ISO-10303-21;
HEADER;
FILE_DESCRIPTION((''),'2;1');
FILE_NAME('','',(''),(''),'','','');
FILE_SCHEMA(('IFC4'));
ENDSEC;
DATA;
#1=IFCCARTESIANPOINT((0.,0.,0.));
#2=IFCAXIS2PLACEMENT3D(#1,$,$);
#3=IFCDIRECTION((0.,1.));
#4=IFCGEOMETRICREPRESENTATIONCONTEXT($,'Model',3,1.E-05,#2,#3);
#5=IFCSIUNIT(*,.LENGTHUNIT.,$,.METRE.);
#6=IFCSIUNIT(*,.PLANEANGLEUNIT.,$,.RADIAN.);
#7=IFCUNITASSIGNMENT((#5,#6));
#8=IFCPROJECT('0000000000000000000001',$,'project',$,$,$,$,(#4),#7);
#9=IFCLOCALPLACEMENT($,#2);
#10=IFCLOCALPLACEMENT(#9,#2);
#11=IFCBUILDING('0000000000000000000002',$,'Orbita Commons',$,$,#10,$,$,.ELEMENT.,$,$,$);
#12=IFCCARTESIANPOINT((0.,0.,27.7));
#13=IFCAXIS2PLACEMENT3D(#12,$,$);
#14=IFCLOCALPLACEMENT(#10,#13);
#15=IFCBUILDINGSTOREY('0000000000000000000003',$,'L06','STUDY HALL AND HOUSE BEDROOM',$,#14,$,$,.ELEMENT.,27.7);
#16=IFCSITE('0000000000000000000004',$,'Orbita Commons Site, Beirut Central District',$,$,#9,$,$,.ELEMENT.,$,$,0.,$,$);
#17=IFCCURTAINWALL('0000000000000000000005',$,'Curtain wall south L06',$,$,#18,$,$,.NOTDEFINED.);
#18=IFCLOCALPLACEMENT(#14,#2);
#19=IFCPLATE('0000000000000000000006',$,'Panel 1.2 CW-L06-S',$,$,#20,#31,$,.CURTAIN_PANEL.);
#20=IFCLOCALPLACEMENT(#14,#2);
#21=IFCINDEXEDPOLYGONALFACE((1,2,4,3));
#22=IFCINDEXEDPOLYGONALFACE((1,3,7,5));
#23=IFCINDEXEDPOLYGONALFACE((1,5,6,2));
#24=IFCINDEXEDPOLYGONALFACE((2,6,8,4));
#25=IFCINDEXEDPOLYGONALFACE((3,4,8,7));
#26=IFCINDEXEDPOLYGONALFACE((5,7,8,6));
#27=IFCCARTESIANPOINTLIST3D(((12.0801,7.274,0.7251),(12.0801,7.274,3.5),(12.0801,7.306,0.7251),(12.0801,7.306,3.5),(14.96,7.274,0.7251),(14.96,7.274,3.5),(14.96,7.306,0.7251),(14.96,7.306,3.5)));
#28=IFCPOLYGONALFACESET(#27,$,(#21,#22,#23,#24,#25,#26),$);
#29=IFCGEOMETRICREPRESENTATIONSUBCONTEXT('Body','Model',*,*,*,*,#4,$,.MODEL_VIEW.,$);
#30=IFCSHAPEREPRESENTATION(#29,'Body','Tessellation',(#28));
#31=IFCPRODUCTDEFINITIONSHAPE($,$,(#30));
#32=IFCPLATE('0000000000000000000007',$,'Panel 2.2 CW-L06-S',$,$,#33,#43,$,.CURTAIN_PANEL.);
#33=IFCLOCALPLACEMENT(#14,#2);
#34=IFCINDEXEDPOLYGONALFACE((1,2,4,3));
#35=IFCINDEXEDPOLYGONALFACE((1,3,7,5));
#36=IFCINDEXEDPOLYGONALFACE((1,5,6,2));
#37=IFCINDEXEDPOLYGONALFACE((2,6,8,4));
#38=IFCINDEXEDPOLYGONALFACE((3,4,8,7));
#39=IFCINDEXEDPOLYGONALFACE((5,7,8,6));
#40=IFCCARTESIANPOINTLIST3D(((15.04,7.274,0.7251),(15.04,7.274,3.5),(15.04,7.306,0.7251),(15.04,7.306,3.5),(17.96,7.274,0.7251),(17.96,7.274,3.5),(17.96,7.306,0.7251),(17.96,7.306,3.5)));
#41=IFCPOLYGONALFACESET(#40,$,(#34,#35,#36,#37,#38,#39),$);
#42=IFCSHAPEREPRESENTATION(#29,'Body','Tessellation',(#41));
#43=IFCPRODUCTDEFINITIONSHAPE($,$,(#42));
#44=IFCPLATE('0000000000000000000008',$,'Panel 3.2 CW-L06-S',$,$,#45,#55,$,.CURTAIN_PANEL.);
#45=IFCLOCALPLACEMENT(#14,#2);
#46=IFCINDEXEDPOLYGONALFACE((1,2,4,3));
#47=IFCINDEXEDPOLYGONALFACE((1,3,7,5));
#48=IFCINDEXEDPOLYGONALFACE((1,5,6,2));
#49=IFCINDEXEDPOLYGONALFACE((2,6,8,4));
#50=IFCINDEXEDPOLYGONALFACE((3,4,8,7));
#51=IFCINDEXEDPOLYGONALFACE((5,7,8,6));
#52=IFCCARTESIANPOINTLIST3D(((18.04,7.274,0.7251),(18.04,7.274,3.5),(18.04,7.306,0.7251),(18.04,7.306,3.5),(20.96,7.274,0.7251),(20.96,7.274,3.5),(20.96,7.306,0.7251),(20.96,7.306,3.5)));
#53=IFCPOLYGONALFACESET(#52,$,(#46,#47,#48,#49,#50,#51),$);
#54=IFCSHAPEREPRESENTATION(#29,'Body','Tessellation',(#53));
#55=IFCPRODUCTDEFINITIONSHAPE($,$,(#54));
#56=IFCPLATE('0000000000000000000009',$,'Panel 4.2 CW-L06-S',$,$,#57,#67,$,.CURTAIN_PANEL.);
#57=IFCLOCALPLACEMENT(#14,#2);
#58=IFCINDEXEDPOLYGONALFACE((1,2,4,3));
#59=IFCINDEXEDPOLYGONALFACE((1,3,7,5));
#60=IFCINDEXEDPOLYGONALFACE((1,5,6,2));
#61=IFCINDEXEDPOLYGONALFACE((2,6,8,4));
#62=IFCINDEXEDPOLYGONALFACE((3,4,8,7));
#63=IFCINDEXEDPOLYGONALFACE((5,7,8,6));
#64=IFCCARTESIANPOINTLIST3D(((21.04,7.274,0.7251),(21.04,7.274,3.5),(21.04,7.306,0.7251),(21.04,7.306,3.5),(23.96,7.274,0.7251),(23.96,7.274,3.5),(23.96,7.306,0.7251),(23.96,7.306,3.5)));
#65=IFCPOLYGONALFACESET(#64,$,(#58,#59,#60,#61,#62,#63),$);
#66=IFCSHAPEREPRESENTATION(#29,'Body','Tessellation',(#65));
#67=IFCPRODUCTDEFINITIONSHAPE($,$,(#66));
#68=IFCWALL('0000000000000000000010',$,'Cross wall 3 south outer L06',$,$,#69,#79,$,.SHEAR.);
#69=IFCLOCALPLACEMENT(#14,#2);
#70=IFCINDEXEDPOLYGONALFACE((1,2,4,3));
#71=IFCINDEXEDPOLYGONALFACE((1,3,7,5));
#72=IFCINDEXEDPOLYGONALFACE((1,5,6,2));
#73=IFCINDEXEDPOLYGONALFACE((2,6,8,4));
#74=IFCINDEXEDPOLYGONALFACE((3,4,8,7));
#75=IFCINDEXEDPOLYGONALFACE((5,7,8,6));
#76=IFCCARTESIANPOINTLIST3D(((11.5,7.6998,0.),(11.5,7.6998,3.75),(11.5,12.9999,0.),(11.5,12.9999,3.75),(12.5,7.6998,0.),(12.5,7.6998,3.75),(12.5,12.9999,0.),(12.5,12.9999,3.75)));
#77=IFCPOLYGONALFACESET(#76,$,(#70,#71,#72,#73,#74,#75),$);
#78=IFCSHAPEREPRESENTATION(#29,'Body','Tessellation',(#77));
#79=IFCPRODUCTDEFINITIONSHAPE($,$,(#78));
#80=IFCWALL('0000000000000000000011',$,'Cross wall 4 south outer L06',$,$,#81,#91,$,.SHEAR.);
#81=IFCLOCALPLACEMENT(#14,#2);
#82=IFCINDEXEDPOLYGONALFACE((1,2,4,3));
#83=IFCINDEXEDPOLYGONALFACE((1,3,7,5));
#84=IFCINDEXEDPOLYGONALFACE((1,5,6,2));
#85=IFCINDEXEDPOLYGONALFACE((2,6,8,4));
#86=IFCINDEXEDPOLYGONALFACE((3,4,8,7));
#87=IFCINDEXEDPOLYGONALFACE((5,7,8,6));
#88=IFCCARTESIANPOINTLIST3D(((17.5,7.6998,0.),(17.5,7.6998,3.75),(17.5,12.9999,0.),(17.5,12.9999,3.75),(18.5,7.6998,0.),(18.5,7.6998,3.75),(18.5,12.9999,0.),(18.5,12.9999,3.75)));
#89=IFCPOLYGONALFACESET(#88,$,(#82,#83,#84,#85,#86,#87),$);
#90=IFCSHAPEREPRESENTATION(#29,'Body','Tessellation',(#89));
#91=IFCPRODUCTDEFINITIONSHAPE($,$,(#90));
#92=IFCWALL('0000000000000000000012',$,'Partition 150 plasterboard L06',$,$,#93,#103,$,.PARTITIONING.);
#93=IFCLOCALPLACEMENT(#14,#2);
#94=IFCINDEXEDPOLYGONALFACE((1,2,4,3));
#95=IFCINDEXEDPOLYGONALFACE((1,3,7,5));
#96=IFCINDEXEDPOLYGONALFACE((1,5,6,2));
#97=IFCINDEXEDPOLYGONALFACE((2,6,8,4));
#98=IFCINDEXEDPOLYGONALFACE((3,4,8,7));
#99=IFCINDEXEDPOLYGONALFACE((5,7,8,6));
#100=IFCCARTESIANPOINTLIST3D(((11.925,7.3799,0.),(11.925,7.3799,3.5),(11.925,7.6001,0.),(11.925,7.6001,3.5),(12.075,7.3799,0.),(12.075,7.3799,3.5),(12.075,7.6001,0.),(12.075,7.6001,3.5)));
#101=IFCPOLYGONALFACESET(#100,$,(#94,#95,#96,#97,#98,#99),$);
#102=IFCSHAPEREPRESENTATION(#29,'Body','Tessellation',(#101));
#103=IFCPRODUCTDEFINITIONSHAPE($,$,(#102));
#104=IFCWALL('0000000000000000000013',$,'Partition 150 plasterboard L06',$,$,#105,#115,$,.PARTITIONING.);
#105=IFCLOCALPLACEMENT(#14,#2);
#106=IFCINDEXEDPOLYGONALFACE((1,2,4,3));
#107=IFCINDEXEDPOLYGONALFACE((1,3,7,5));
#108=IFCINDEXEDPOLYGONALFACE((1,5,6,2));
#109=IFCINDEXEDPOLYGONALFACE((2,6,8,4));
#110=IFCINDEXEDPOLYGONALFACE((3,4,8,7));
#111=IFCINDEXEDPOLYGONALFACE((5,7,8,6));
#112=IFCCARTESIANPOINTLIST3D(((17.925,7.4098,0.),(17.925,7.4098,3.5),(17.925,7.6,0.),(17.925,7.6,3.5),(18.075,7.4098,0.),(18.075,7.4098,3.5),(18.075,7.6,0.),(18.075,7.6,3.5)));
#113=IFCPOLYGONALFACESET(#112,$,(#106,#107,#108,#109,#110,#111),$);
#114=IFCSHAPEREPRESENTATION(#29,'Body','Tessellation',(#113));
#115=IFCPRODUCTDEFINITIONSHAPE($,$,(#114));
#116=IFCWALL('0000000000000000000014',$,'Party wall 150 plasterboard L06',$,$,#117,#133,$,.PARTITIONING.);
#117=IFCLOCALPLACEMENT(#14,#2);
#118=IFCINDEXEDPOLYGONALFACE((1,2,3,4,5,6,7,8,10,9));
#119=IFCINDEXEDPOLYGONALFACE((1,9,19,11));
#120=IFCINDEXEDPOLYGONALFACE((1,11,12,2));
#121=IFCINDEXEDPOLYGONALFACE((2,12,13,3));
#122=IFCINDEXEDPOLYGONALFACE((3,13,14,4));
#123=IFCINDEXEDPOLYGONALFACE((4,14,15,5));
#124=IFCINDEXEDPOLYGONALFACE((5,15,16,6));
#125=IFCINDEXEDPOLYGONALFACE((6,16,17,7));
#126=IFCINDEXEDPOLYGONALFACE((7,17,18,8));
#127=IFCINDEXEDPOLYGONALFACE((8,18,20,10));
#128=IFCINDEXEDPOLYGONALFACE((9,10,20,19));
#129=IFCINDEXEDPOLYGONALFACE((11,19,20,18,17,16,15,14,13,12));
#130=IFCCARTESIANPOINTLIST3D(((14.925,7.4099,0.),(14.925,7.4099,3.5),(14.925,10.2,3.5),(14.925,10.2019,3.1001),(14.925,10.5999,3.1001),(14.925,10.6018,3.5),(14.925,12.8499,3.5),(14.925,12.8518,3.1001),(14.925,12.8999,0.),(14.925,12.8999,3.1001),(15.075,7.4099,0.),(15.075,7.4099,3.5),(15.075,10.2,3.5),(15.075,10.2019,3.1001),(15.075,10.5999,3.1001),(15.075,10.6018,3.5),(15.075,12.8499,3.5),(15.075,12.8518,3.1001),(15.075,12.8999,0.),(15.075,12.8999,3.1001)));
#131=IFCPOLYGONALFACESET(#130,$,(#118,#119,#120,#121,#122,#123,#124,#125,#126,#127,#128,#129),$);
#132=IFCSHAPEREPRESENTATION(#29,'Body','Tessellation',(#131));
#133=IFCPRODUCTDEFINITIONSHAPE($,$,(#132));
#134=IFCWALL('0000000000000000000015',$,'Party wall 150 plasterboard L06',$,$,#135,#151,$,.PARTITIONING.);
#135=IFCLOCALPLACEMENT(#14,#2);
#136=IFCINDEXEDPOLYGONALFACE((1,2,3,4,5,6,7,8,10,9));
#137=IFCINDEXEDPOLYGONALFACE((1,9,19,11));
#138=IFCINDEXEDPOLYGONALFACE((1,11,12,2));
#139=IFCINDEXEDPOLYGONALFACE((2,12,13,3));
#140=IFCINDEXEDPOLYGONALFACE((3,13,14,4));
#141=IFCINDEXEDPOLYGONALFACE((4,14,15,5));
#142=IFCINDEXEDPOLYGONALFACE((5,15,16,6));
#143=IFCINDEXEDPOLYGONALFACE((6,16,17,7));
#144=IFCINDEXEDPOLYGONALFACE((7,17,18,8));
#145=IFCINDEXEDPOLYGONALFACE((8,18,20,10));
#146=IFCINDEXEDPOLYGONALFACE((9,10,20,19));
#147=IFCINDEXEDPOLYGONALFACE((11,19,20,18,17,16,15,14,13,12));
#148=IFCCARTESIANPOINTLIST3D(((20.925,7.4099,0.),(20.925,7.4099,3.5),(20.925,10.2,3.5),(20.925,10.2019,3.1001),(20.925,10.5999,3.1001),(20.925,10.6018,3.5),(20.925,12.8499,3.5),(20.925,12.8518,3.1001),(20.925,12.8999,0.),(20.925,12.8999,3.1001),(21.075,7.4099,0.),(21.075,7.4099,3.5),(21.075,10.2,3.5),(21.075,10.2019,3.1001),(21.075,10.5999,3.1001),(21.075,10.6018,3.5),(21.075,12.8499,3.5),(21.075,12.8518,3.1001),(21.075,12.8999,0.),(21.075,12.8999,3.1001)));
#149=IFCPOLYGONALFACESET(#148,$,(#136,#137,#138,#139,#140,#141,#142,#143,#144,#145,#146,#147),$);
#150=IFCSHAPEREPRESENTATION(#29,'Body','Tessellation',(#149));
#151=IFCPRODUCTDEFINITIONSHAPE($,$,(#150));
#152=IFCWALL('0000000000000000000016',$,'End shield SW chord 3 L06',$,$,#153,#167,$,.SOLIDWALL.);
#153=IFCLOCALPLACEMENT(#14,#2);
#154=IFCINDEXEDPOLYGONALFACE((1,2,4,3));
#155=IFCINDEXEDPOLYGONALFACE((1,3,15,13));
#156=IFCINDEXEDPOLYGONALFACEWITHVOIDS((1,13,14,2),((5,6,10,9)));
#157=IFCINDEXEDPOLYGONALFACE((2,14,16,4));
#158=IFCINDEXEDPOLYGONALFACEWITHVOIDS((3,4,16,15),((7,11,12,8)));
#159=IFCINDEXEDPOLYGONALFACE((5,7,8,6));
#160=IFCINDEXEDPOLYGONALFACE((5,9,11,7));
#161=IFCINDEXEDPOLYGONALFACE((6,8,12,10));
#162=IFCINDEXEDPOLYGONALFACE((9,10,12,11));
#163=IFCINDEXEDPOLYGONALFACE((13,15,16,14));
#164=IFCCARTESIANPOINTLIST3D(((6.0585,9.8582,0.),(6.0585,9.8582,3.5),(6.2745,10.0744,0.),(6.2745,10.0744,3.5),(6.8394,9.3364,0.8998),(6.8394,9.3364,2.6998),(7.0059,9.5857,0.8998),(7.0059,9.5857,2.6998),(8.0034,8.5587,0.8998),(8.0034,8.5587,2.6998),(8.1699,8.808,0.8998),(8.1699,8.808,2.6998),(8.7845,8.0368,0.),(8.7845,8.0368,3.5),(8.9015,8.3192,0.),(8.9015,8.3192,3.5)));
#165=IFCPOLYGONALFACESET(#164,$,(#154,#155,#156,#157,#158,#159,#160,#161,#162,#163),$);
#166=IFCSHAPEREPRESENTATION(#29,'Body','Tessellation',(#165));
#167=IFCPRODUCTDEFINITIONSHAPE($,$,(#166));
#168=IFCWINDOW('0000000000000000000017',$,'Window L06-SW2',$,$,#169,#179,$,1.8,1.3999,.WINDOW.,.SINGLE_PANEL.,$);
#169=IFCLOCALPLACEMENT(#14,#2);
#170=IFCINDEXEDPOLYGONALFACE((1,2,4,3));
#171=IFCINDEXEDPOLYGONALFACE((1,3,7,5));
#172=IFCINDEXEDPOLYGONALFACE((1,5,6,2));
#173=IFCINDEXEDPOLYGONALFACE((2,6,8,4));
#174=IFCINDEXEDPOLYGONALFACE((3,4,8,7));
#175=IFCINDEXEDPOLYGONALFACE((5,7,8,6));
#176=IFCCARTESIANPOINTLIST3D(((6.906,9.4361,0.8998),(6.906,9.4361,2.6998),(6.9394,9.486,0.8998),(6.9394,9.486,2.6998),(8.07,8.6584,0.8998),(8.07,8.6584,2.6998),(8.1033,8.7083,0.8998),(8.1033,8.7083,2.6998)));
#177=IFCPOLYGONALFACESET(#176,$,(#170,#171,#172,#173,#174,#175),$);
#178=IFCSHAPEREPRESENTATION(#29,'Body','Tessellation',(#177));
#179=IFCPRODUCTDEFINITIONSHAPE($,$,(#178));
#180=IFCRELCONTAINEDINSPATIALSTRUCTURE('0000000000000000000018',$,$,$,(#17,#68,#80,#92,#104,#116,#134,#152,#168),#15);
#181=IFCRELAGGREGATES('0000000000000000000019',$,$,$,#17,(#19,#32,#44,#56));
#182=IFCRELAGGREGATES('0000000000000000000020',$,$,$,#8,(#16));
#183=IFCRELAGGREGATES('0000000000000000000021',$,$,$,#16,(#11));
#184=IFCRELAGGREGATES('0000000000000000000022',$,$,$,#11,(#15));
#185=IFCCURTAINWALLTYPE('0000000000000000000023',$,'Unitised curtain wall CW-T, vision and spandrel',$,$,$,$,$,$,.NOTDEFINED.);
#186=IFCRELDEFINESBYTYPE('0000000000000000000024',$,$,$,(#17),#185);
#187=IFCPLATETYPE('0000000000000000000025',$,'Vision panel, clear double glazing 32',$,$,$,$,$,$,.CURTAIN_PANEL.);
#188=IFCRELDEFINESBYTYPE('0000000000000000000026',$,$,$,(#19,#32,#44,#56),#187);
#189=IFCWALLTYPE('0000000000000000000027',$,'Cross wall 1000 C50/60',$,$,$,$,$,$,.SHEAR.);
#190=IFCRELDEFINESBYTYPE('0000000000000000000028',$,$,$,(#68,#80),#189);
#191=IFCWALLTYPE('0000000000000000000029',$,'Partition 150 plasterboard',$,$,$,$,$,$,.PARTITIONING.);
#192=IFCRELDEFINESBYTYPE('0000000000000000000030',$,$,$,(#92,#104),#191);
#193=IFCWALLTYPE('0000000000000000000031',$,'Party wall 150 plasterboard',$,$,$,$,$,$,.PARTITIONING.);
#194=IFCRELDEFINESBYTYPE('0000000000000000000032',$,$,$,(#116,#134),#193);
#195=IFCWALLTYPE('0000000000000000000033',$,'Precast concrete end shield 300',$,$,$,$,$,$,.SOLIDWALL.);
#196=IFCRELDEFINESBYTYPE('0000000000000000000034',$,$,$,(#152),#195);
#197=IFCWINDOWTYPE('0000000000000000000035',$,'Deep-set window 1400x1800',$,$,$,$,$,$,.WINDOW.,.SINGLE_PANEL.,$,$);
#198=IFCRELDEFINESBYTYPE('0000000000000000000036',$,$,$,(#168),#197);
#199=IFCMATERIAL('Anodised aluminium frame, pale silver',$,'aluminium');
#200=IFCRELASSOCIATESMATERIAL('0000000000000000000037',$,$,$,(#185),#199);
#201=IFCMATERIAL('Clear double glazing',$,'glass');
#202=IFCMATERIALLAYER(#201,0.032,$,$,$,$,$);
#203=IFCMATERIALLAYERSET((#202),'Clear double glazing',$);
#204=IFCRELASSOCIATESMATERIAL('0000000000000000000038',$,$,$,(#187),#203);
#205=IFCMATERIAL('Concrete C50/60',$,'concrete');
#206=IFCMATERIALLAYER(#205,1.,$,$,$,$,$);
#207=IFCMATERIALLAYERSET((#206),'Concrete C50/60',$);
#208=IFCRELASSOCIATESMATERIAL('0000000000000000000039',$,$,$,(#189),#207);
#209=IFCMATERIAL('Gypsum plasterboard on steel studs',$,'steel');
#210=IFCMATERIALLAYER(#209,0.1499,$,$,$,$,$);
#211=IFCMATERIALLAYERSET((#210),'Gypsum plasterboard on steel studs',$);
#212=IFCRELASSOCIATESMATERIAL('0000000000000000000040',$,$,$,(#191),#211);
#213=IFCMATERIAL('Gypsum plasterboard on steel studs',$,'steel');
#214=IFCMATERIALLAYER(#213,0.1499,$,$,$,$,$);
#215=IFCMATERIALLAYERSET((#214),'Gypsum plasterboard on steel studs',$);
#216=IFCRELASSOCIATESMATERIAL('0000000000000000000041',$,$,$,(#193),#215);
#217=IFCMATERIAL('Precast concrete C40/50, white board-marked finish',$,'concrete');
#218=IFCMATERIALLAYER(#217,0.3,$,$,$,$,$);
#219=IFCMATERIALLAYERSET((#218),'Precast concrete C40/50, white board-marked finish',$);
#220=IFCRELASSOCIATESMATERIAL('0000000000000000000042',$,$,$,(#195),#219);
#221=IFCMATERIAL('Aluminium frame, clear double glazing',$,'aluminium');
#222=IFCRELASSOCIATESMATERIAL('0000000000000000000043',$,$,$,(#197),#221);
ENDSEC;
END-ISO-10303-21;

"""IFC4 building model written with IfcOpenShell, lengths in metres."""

from ifc_helpers import new_model, si_unit, direction, frame, frame_2d, origin, origin_2d, place, context, subcontext, project, spatial, polyline, rectangle, outline, extrude, material, layer, layer_set, type_object, element, fill, aggregate, save


model = new_model("IFC4")

# Units and contexts
model_context = context("Model", 3, precision=1e-05, world=origin(), true_north=direction((0.0, 1.0)))
body_context = subcontext(model_context, "Body", "Model", "MODEL_VIEW")
ifc_project = project(units=[si_unit("LENGTHUNIT", "METRE"), si_unit("PLANEANGLEUNIT", "RADIAN")], contexts=[model_context])

# Site, building, storey
site_placement = place(None, origin())
site = spatial("IfcSite", under=ifc_project, at=site_placement, Name="Orbita Commons Site, Beirut Central District", CompositionType="ELEMENT", RefElevation=0.0)
building_placement = place(site_placement, origin())
building = spatial("IfcBuilding", under=site, at=building_placement, Name="Orbita Commons", CompositionType="ELEMENT")
storey_placement = place(building_placement, frame((0.0, 0.0, 27.7)))
storey = spatial("IfcBuildingStorey", under=building, at=storey_placement, Name="L06", Description="STUDY HALL AND HOUSE BEDROOM", CompositionType="ELEMENT", Elevation=27.7)

# Curtain wall
ifc_material_1 = material(Name="Anodised aluminium frame, pale silver", Category="aluminium")
curtain_wall_type = type_object("IfcCurtainWallType", Name="Unitised curtain wall CW-T, vision and spandrel", PredefinedType="NOTDEFINED", material=ifc_material_1)
curtain_wall_placement = place(storey_placement, origin())
curtain_wall = element("IfcCurtainWall", 1, at=curtain_wall_placement, inside=storey, type_object=curtain_wall_type, Name="Curtain wall south L06", PredefinedType="NOTDEFINED")

# Plates
ifc_material_2 = material(Name="Clear double glazing", Category="glass")
ifc_layer_1 = layer(ifc_material_2, 0.032)
ifc_layer_set_1 = layer_set([ifc_layer_1], Name="Clear double glazing")
plate_type_1 = type_object("IfcPlateType", Name="Vision panel, clear double glazing 32", PredefinedType="CURTAIN_PANEL", material=ifc_layer_set_1)
plate_1_placement = place(storey_placement, frame((13.52, 7.29, 0.7251), z_axis=(0.0, 0.0, 1.0), x_axis=(1.0, 0.0, 0.0)))
plate_1 = element("IfcPlate", 2, at=plate_1_placement, type_object=plate_type_1, Name="Panel 1.2 CW-L06-S", PredefinedType="CURTAIN_PANEL", context=body_context, shape_type="SweptSolid", body=[
    extrude(rectangle(XDim=2.8799, YDim=0.032, at=origin_2d()), origin(), (0.0, 0.0, 1.0), 2.7749),
])
plate_2_placement = place(storey_placement, frame((16.5, 7.29, 0.7251), z_axis=(0.0, 0.0, 1.0), x_axis=(1.0, 0.0, 0.0)))
plate_2 = element("IfcPlate", 3, at=plate_2_placement, type_object=plate_type_1, Name="Panel 2.2 CW-L06-S", PredefinedType="CURTAIN_PANEL", context=body_context, shape_type="SweptSolid", body=[
    extrude(rectangle(XDim=2.9199, YDim=0.032, at=origin_2d()), origin(), (0.0, 0.0, 1.0), 2.7749),
])
plate_3_placement = place(storey_placement, frame((19.5, 7.29, 0.7251), z_axis=(0.0, 0.0, 1.0), x_axis=(1.0, 0.0, 0.0)))
plate_3 = element("IfcPlate", 4, at=plate_3_placement, type_object=plate_type_1, Name="Panel 3.2 CW-L06-S", PredefinedType="CURTAIN_PANEL", context=body_context, shape_type="SweptSolid", body=[
    extrude(rectangle(XDim=2.9199, YDim=0.032, at=origin_2d()), origin(), (0.0, 0.0, 1.0), 2.7749),
])
plate_4_placement = place(storey_placement, frame((22.5, 7.29, 0.7251), z_axis=(0.0, 0.0, 1.0), x_axis=(1.0, 0.0, 0.0)))
plate_4 = element("IfcPlate", 5, at=plate_4_placement, type_object=plate_type_1, Name="Panel 4.2 CW-L06-S", PredefinedType="CURTAIN_PANEL", context=body_context, shape_type="SweptSolid", body=[
    extrude(rectangle(XDim=2.9199, YDim=0.032, at=origin_2d()), origin(), (0.0, 0.0, 1.0), 2.7749),
])
aggregate(curtain_wall, [plate_1, plate_2, plate_3, plate_4])

# Walls
ifc_material_3 = material(Name="Concrete C50/60", Category="concrete")
ifc_layer_2 = layer(ifc_material_3, 1.0)
ifc_layer_set_2 = layer_set([ifc_layer_2], Name="Concrete C50/60")
wall_type_1 = type_object("IfcWallType", Name="Cross wall 1000 C50/60", PredefinedType="SHEAR", material=ifc_layer_set_2)
for number, where, z_axis, x_axis, name in (
    (6, (12.0, 7.7, 0.0), (0.0, 0.0, 1.0), (0.0, 1.0, 0.0), "Cross wall 3 south outer L06"),
    (7, (18.0, 7.7, 0.0), (0.0, 0.0, 1.0), (0.0, 1.0, 0.0), "Cross wall 4 south outer L06"),
):
    element("IfcWall", number, at=place(storey_placement, frame(where, z_axis=z_axis, x_axis=x_axis)), inside=storey, type_object=wall_type_1, Name=name, PredefinedType="SHEAR", context=body_context, shape_type="SweptSolid", body=[
        extrude(rectangle(XDim=5.3, YDim=1.0, at=frame_2d((2.6499, 0.0))), origin(), (0.0, 0.0, 1.0), 3.75),
    ])
ifc_material_4 = material(Name="Gypsum plasterboard on steel studs", Category="steel")
ifc_layer_3 = layer(ifc_material_4, 0.1499)
ifc_layer_set_3 = layer_set([ifc_layer_3], Name="Gypsum plasterboard on steel studs")
wall_type_2 = type_object("IfcWallType", Name="Partition 150 plasterboard", PredefinedType="PARTITIONING", material=ifc_layer_set_3)
wall_1_placement = place(storey_placement, frame((12.0, 7.6001, 0.0), z_axis=(0.0, 0.0, 1.0), x_axis=(0.0, -1.0, 0.0)))
element("IfcWall", 8, at=wall_1_placement, inside=storey, type_object=wall_type_2, Name="Partition 150 plasterboard L06", PredefinedType="PARTITIONING", context=body_context, shape_type="SweptSolid", body=[
    extrude(rectangle(XDim=0.2202, YDim=0.1499, at=frame_2d((0.1101, 0.0))), origin(), (0.0, 0.0, 1.0), 3.5),
])
wall_2_placement = place(storey_placement, frame((18.0, 7.6001, 0.0), z_axis=(0.0, 0.0, 1.0), x_axis=(0.0, -1.0, 0.0)))
element("IfcWall", 9, at=wall_2_placement, inside=storey, type_object=wall_type_2, Name="Partition 150 plasterboard L06", PredefinedType="PARTITIONING", context=body_context, shape_type="SweptSolid", body=[
    extrude(rectangle(XDim=0.1902, YDim=0.1499, at=frame_2d((0.0952, 0.0))), origin(), (0.0, 0.0, 1.0), 3.5),
])
ifc_material_5 = material(Name="Gypsum plasterboard on steel studs", Category="steel")
ifc_layer_4 = layer(ifc_material_5, 0.1499)
ifc_layer_set_4 = layer_set([ifc_layer_4], Name="Gypsum plasterboard on steel studs")
wall_type_3 = type_object("IfcWallType", Name="Party wall 150 plasterboard", PredefinedType="PARTITIONING", material=ifc_layer_set_4)
for number, where, z_axis, x_axis, name in (
    (10, (15.0, 7.4099, 0.0), (0.0, 0.0, 1.0), (0.0, 1.0, 0.0), "Party wall 150 plasterboard L06"),
    (11, (21.0, 7.4099, 0.0), (0.0, 0.0, 1.0), (0.0, 1.0, 0.0), "Party wall 150 plasterboard L06"),
):
    element("IfcWall", number, at=place(storey_placement, frame(where, z_axis=z_axis, x_axis=x_axis)), inside=storey, type_object=wall_type_3, Name=name, PredefinedType="PARTITIONING", context=body_context, shape_type="SweptSolid", body=[
        extrude(outline(polyline([(0.0, 0.0), (5.49, 0.0), (5.49, 3.1001), (5.4419, 3.1001), (5.4399, 3.5), (3.1919, 3.5), (3.1899, 3.1001), (2.792, 3.1001), (2.79, 3.5), (0.0, 3.5), (0.0, 0.0)])), frame((0.0, 0.075, 0.0), z_axis=(0.0, -1.0, 0.0), x_axis=(1.0, 0.0, 0.0)), (0.0, 0.0, 1.0), 0.1499),
    ])

# Wall, opening, window
ifc_material_6 = material(Name="Precast concrete C40/50, white board-marked finish", Category="concrete")
ifc_layer_5 = layer(ifc_material_6, 0.3)
ifc_layer_set_5 = layer_set([ifc_layer_5], Name="Precast concrete C40/50, white board-marked finish")
wall_type_4 = type_object("IfcWallType", Name="Precast concrete end shield 300", PredefinedType="SOLIDWALL", material=ifc_layer_set_5)
wall_3_placement = place(storey_placement, frame((6.1665, 9.9663, 0.0), z_axis=(0.0, 0.0, 1.0), x_axis=(0.831478, -0.555558, 0.0)))
wall_3 = element("IfcWall", 12, at=wall_3_placement, inside=storey, type_object=wall_type_4, Name="End shield SW chord 3 L06", PredefinedType="SOLIDWALL", context=body_context, shape_type="SweptSolid", body=[
    extrude(outline(polyline([(-0.0298, -0.1499), (3.2488, -0.1499), (3.1892, 0.1499), (0.0298, 0.1499), (-0.0298, -0.1499)])), origin(), (0.0, 0.0, 1.0), 3.5),
])
opening_1_placement = place(wall_3_placement, frame((0.9094, 0.0, 0.8999)))
opening_1 = element("IfcOpeningElement", 13, at=opening_1_placement, cuts=wall_3, PredefinedType="OPENING", context=body_context, shape_type="SweptSolid", body=[
    extrude(rectangle(XDim=1.3999, YDim=1.8, at=frame_2d((0.7, 0.8999))), frame((0.0, 0.1599, 0.0), z_axis=(0.0, -1.0, 0.0), x_axis=(1.0, 0.0, 0.0)), (0.0, 0.0, 1.0), 0.3201),
])
ifc_material_7 = material(Name="Aluminium frame, clear double glazing", Category="aluminium")
window_type = type_object("IfcWindowType", Name="Deep-set window 1400x1800", PartitioningType="SINGLE_PANEL", PredefinedType="WINDOW", material=ifc_material_7)
window_1_placement = place(opening_1_placement, origin())
window_1 = element("IfcWindow", 14, at=window_1_placement, inside=storey, type_object=window_type, Name="Window L06-SW2", OverallHeight=1.8, OverallWidth=1.3999, PartitioningType="SINGLE_PANEL", PredefinedType="WINDOW", context=body_context, shape_type="SweptSolid", body=[
    extrude(rectangle(XDim=1.3999, YDim=1.8, at=frame_2d((0.7, 0.8999))), frame((0.0, 0.03, 0.0), z_axis=(0.0, -1.0, 0.0), x_axis=(1.0, 0.0, 0.0)), (0.0, 0.0, 1.0), 0.0601),
])
fill(opening_1, window_1)

save(model, "model.ifc")
